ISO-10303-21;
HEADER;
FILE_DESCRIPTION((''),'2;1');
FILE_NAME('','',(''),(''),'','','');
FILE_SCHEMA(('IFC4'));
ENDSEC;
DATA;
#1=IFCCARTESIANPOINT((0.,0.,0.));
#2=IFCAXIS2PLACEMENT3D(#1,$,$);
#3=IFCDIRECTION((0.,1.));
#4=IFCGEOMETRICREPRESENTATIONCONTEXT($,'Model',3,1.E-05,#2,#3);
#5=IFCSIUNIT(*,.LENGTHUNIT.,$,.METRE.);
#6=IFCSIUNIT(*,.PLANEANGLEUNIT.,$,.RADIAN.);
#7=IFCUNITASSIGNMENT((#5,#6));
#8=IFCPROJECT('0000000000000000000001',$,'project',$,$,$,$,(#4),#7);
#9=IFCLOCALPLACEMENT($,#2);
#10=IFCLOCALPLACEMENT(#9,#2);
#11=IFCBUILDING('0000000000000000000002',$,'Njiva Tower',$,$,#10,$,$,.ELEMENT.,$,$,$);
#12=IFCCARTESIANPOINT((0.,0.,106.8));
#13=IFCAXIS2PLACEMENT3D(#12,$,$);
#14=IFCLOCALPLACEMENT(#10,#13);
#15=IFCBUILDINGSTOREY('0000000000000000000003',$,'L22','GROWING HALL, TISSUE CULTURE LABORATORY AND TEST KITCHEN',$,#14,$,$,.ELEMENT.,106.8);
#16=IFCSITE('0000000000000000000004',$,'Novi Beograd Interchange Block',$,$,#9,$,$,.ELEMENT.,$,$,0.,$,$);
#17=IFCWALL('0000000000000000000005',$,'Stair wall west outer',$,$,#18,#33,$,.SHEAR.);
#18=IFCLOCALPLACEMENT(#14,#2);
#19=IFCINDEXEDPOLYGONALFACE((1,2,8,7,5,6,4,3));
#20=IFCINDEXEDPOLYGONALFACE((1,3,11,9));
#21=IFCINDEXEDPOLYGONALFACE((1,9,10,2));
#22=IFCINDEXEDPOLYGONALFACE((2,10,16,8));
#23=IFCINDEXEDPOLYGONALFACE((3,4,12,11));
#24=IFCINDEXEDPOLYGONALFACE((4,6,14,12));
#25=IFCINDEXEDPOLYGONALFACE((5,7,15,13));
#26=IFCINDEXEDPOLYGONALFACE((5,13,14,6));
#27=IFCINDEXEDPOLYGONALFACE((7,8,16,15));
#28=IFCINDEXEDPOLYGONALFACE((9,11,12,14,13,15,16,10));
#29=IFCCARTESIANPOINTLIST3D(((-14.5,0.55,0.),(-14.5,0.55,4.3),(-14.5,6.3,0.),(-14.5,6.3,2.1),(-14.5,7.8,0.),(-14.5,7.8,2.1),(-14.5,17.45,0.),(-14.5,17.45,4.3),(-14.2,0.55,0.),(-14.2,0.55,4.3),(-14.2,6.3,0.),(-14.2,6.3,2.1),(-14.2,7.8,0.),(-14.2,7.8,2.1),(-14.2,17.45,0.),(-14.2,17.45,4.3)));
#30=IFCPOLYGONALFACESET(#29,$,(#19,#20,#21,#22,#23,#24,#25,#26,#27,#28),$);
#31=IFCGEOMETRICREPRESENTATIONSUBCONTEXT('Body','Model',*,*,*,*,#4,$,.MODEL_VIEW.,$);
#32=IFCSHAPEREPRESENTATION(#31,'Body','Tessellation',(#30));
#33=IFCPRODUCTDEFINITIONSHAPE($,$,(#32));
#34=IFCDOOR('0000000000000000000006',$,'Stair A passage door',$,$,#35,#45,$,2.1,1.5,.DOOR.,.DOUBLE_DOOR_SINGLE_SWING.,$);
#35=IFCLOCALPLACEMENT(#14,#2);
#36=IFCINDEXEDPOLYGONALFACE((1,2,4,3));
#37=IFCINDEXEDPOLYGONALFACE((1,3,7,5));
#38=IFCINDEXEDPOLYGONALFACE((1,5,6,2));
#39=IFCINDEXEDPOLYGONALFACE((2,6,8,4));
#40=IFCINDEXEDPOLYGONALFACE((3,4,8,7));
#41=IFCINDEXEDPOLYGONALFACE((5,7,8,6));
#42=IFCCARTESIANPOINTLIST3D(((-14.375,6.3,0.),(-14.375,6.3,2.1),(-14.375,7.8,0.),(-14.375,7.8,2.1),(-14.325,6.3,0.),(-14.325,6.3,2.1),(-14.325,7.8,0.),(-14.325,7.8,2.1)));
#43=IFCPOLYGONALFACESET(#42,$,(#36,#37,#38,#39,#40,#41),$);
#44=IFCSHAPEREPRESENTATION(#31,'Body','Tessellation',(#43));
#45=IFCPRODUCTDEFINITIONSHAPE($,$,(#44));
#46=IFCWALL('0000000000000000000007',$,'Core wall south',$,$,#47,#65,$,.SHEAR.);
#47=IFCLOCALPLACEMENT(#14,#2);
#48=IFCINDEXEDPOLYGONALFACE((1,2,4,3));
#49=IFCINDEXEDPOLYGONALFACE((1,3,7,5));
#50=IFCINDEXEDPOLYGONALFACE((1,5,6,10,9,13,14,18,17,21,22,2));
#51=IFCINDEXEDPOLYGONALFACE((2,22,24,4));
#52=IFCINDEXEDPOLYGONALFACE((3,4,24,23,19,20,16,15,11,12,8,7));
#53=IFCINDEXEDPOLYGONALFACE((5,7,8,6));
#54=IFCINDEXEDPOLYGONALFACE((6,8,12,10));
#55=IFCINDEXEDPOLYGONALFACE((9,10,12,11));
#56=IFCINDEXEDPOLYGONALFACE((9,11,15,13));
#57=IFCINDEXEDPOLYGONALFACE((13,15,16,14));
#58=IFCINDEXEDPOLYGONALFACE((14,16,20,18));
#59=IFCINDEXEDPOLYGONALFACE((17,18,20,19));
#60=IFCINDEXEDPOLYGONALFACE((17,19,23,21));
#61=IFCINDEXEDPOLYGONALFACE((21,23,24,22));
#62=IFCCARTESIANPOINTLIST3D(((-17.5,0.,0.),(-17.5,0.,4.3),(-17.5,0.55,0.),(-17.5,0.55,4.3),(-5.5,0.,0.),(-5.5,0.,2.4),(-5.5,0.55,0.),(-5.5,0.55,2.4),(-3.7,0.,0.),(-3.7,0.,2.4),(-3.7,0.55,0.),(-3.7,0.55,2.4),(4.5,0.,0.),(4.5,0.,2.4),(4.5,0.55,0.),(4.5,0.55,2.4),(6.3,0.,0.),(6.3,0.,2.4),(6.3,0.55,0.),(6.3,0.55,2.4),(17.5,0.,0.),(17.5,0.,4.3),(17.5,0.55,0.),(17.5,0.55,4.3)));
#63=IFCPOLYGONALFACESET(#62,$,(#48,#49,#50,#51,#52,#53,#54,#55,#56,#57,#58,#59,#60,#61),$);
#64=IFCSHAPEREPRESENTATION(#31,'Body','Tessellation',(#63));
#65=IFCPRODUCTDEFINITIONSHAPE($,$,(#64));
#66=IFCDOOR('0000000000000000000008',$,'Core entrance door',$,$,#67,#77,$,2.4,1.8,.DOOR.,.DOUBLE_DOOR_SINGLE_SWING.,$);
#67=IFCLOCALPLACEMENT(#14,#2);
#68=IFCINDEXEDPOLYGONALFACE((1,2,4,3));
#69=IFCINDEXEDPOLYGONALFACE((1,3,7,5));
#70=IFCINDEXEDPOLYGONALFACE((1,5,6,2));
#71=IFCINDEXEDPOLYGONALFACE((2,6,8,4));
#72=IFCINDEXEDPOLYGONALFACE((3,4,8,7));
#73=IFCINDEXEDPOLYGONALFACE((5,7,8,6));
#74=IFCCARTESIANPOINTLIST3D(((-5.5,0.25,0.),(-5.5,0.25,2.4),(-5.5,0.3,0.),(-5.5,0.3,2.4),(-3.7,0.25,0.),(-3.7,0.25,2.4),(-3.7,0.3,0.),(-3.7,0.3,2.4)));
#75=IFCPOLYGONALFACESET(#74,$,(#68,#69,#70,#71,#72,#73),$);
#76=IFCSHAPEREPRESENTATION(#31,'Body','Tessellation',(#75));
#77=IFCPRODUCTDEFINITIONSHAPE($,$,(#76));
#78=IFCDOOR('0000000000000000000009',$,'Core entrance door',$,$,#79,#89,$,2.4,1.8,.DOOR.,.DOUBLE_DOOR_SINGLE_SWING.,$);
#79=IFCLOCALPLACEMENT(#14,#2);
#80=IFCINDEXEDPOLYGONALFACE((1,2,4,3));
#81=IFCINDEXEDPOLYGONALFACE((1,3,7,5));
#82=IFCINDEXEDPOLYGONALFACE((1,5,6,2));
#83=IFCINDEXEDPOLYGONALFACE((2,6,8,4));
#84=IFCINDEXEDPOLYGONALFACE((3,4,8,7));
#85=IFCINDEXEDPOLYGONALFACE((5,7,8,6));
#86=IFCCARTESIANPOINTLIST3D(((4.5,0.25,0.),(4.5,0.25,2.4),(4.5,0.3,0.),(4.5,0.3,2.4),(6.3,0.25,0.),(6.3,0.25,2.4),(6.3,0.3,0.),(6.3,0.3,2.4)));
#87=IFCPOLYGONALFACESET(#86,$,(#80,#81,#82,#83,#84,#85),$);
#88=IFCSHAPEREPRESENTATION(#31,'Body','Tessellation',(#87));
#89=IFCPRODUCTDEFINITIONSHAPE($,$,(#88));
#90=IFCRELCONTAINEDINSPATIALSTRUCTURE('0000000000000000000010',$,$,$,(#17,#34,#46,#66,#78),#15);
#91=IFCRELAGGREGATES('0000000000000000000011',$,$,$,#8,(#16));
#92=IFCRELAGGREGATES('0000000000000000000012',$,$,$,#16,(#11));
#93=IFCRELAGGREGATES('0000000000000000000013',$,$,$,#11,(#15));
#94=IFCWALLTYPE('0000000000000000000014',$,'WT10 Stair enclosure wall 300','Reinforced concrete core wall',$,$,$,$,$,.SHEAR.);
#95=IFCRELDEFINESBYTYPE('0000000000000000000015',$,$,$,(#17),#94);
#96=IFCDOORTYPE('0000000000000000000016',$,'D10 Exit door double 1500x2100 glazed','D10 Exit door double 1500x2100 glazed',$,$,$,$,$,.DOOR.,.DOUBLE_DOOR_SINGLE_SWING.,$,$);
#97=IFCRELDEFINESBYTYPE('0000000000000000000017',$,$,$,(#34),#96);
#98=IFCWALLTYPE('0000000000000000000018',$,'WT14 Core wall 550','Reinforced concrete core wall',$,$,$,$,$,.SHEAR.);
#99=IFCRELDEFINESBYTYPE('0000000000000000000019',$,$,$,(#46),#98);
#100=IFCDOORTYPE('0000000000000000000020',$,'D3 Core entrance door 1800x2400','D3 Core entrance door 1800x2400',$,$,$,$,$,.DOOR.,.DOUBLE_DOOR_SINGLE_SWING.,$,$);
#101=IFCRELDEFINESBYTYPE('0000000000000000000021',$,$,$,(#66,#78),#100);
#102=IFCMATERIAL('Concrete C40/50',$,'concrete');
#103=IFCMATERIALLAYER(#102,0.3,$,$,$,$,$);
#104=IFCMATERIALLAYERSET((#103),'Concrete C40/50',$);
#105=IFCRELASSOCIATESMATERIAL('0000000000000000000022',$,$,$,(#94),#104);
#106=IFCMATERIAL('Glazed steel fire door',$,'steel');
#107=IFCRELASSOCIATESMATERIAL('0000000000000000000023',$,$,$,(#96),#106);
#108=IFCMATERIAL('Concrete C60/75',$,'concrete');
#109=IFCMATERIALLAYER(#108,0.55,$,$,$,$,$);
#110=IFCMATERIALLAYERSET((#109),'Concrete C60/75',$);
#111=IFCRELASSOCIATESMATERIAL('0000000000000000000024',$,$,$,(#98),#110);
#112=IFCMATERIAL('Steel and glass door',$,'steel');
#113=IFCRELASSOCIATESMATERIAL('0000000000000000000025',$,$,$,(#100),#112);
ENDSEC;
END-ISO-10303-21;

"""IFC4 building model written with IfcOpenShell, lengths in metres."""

from ifc_helpers import new_model, si_unit, direction, frame, frame_2d, origin, place, context, subcontext, project, spatial, rectangle, extrude, material, layer, layer_set, type_object, element, fill, save


model = new_model("IFC4")

# Units and contexts
model_context = context("Model", 3, precision=1e-05, world=origin(), true_north=direction((0.0, 1.0)))
body_context = subcontext(model_context, "Body", "Model", "MODEL_VIEW")
ifc_project = project(units=[si_unit("LENGTHUNIT", "METRE"), si_unit("PLANEANGLEUNIT", "RADIAN")], contexts=[model_context])

# Site, building, storey
site_placement = place(None, origin())
site = spatial("IfcSite", under=ifc_project, at=site_placement, Name="Novi Beograd Interchange Block", CompositionType="ELEMENT", RefElevation=0.0)
building_placement = place(site_placement, origin())
building = spatial("IfcBuilding", under=site, at=building_placement, Name="Njiva Tower", CompositionType="ELEMENT")
storey_placement = place(building_placement, frame((0.0, 0.0, 106.8)))
storey = spatial("IfcBuildingStorey", under=building, at=storey_placement, Name="L22", Description="GROWING HALL, TISSUE CULTURE LABORATORY AND TEST KITCHEN", CompositionType="ELEMENT", Elevation=106.8)

# Wall, opening, door
ifc_material_1 = material(Name="Concrete C40/50", Category="concrete")
ifc_layer_1 = layer(ifc_material_1, 0.3)
ifc_layer_set_1 = layer_set([ifc_layer_1], Name="Concrete C40/50")
wall_type_1 = type_object("IfcWallType", Name="WT10 Stair enclosure wall 300", Description="Reinforced concrete core wall", PredefinedType="SHEAR", material=ifc_layer_set_1)
wall_1_placement = place(storey_placement, frame((-14.35, 0.55, 0.0), z_axis=(0.0, 0.0, 1.0), x_axis=(0.0, 1.0, 0.0)))
wall_1 = element("IfcWall", 1, at=wall_1_placement, inside=storey, type_object=wall_type_1, Name="Stair wall west outer", PredefinedType="SHEAR", context=body_context, shape_type="SweptSolid", body=[
    extrude(rectangle(XDim=16.9, YDim=0.3, at=frame_2d((8.45, 0.0))), origin(), (0.0, 0.0, 1.0), 4.3),
])
opening_1_placement = place(wall_1_placement, frame((5.75, 0.0, 0.0)))
opening_1 = element("IfcOpeningElement", 2, at=opening_1_placement, cuts=wall_1, PredefinedType="OPENING", context=body_context, shape_type="SweptSolid", body=[
    extrude(rectangle(XDim=1.5, YDim=2.1, at=frame_2d((0.75, 1.05))), frame((0.0, 0.16, 0.0), z_axis=(0.0, -1.0, 0.0), x_axis=(1.0, 0.0, 0.0)), (0.0, 0.0, 1.0), 0.32),
])
ifc_material_2 = material(Name="Glazed steel fire door", Category="steel")
door_type_1 = type_object("IfcDoorType", Name="D10 Exit door double 1500x2100 glazed", Description="D10 Exit door double 1500x2100 glazed", OperationType="DOUBLE_DOOR_SINGLE_SWING", PredefinedType="DOOR", material=ifc_material_2)
door_1_placement = place(opening_1_placement, origin())
door_1 = element("IfcDoor", 3, at=door_1_placement, inside=storey, type_object=door_type_1, Name="Stair A passage door", OperationType="DOUBLE_DOOR_SINGLE_SWING", OverallHeight=2.1, OverallWidth=1.5, PredefinedType="DOOR", context=body_context, shape_type="SweptSolid", body=[
    extrude(rectangle(XDim=1.5, YDim=2.1, at=frame_2d((0.75, 1.05))), frame((0.0, 0.025, 0.0), z_axis=(0.0, -1.0, 0.0), x_axis=(1.0, 0.0, 0.0)), (0.0, 0.0, 1.0), 0.05),
])
fill(opening_1, door_1)

# Wall, openings, doors
ifc_material_3 = material(Name="Concrete C60/75", Category="concrete")
ifc_layer_2 = layer(ifc_material_3, 0.55)
ifc_layer_set_2 = layer_set([ifc_layer_2], Name="Concrete C60/75")
wall_type_2 = type_object("IfcWallType", Name="WT14 Core wall 550", Description="Reinforced concrete core wall", PredefinedType="SHEAR", material=ifc_layer_set_2)
wall_2_placement = place(storey_placement, frame((-17.5, 0.275, 0.0), z_axis=(0.0, 0.0, 1.0), x_axis=(1.0, 0.0, 0.0)))
wall_2 = element("IfcWall", 4, at=wall_2_placement, inside=storey, type_object=wall_type_2, Name="Core wall south", PredefinedType="SHEAR", context=body_context, shape_type="SweptSolid", body=[
    extrude(rectangle(XDim=35.0, YDim=0.55, at=frame_2d((17.5, 0.0))), origin(), (0.0, 0.0, 1.0), 4.3),
])
opening_2_placement = place(wall_2_placement, frame((12.0, 0.0, 0.0)))
opening_2 = element("IfcOpeningElement", 5, at=opening_2_placement, cuts=wall_2, PredefinedType="OPENING", context=body_context, shape_type="SweptSolid", body=[
    extrude(rectangle(XDim=1.8, YDim=2.4, at=frame_2d((0.9, 1.2))), frame((0.0, 0.285, 0.0), z_axis=(0.0, -1.0, 0.0), x_axis=(1.0, 0.0, 0.0)), (0.0, 0.0, 1.0), 0.57),
])
opening_3_placement = place(wall_2_placement, frame((22.0, 0.0, 0.0)))
opening_3 = element("IfcOpeningElement", 6, at=opening_3_placement, cuts=wall_2, PredefinedType="OPENING", context=body_context, shape_type="SweptSolid", body=[
    extrude(rectangle(XDim=1.8, YDim=2.4, at=frame_2d((0.9, 1.2))), frame((0.0, 0.285, 0.0), z_axis=(0.0, -1.0, 0.0), x_axis=(1.0, 0.0, 0.0)), (0.0, 0.0, 1.0), 0.57),
])
ifc_material_4 = material(Name="Steel and glass door", Category="steel")
door_type_2 = type_object("IfcDoorType", Name="D3 Core entrance door 1800x2400", Description="D3 Core entrance door 1800x2400", OperationType="DOUBLE_DOOR_SINGLE_SWING", PredefinedType="DOOR", material=ifc_material_4)
door_2_placement = place(opening_2_placement, origin())
door_2 = element("IfcDoor", 7, at=door_2_placement, inside=storey, type_object=door_type_2, Name="Core entrance door", OperationType="DOUBLE_DOOR_SINGLE_SWING", OverallHeight=2.4, OverallWidth=1.8, PredefinedType="DOOR", context=body_context, shape_type="SweptSolid", body=[
    extrude(rectangle(XDim=1.8, YDim=2.4, at=frame_2d((0.9, 1.2))), frame((0.0, 0.025, 0.0), z_axis=(0.0, -1.0, 0.0), x_axis=(1.0, 0.0, 0.0)), (0.0, 0.0, 1.0), 0.05),
])
fill(opening_2, door_2)
door_3_placement = place(opening_3_placement, origin())
door_3 = element("IfcDoor", 8, at=door_3_placement, inside=storey, type_object=door_type_2, Name="Core entrance door", OperationType="DOUBLE_DOOR_SINGLE_SWING", OverallHeight=2.4, OverallWidth=1.8, PredefinedType="DOOR", context=body_context, shape_type="SweptSolid", body=[
    extrude(rectangle(XDim=1.8, YDim=2.4, at=frame_2d((0.9, 1.2))), frame((0.0, 0.025, 0.0), z_axis=(0.0, -1.0, 0.0), x_axis=(1.0, 0.0, 0.0)), (0.0, 0.0, 1.0), 0.05),
])
fill(opening_3, door_3)

save(model, "model.ifc")
